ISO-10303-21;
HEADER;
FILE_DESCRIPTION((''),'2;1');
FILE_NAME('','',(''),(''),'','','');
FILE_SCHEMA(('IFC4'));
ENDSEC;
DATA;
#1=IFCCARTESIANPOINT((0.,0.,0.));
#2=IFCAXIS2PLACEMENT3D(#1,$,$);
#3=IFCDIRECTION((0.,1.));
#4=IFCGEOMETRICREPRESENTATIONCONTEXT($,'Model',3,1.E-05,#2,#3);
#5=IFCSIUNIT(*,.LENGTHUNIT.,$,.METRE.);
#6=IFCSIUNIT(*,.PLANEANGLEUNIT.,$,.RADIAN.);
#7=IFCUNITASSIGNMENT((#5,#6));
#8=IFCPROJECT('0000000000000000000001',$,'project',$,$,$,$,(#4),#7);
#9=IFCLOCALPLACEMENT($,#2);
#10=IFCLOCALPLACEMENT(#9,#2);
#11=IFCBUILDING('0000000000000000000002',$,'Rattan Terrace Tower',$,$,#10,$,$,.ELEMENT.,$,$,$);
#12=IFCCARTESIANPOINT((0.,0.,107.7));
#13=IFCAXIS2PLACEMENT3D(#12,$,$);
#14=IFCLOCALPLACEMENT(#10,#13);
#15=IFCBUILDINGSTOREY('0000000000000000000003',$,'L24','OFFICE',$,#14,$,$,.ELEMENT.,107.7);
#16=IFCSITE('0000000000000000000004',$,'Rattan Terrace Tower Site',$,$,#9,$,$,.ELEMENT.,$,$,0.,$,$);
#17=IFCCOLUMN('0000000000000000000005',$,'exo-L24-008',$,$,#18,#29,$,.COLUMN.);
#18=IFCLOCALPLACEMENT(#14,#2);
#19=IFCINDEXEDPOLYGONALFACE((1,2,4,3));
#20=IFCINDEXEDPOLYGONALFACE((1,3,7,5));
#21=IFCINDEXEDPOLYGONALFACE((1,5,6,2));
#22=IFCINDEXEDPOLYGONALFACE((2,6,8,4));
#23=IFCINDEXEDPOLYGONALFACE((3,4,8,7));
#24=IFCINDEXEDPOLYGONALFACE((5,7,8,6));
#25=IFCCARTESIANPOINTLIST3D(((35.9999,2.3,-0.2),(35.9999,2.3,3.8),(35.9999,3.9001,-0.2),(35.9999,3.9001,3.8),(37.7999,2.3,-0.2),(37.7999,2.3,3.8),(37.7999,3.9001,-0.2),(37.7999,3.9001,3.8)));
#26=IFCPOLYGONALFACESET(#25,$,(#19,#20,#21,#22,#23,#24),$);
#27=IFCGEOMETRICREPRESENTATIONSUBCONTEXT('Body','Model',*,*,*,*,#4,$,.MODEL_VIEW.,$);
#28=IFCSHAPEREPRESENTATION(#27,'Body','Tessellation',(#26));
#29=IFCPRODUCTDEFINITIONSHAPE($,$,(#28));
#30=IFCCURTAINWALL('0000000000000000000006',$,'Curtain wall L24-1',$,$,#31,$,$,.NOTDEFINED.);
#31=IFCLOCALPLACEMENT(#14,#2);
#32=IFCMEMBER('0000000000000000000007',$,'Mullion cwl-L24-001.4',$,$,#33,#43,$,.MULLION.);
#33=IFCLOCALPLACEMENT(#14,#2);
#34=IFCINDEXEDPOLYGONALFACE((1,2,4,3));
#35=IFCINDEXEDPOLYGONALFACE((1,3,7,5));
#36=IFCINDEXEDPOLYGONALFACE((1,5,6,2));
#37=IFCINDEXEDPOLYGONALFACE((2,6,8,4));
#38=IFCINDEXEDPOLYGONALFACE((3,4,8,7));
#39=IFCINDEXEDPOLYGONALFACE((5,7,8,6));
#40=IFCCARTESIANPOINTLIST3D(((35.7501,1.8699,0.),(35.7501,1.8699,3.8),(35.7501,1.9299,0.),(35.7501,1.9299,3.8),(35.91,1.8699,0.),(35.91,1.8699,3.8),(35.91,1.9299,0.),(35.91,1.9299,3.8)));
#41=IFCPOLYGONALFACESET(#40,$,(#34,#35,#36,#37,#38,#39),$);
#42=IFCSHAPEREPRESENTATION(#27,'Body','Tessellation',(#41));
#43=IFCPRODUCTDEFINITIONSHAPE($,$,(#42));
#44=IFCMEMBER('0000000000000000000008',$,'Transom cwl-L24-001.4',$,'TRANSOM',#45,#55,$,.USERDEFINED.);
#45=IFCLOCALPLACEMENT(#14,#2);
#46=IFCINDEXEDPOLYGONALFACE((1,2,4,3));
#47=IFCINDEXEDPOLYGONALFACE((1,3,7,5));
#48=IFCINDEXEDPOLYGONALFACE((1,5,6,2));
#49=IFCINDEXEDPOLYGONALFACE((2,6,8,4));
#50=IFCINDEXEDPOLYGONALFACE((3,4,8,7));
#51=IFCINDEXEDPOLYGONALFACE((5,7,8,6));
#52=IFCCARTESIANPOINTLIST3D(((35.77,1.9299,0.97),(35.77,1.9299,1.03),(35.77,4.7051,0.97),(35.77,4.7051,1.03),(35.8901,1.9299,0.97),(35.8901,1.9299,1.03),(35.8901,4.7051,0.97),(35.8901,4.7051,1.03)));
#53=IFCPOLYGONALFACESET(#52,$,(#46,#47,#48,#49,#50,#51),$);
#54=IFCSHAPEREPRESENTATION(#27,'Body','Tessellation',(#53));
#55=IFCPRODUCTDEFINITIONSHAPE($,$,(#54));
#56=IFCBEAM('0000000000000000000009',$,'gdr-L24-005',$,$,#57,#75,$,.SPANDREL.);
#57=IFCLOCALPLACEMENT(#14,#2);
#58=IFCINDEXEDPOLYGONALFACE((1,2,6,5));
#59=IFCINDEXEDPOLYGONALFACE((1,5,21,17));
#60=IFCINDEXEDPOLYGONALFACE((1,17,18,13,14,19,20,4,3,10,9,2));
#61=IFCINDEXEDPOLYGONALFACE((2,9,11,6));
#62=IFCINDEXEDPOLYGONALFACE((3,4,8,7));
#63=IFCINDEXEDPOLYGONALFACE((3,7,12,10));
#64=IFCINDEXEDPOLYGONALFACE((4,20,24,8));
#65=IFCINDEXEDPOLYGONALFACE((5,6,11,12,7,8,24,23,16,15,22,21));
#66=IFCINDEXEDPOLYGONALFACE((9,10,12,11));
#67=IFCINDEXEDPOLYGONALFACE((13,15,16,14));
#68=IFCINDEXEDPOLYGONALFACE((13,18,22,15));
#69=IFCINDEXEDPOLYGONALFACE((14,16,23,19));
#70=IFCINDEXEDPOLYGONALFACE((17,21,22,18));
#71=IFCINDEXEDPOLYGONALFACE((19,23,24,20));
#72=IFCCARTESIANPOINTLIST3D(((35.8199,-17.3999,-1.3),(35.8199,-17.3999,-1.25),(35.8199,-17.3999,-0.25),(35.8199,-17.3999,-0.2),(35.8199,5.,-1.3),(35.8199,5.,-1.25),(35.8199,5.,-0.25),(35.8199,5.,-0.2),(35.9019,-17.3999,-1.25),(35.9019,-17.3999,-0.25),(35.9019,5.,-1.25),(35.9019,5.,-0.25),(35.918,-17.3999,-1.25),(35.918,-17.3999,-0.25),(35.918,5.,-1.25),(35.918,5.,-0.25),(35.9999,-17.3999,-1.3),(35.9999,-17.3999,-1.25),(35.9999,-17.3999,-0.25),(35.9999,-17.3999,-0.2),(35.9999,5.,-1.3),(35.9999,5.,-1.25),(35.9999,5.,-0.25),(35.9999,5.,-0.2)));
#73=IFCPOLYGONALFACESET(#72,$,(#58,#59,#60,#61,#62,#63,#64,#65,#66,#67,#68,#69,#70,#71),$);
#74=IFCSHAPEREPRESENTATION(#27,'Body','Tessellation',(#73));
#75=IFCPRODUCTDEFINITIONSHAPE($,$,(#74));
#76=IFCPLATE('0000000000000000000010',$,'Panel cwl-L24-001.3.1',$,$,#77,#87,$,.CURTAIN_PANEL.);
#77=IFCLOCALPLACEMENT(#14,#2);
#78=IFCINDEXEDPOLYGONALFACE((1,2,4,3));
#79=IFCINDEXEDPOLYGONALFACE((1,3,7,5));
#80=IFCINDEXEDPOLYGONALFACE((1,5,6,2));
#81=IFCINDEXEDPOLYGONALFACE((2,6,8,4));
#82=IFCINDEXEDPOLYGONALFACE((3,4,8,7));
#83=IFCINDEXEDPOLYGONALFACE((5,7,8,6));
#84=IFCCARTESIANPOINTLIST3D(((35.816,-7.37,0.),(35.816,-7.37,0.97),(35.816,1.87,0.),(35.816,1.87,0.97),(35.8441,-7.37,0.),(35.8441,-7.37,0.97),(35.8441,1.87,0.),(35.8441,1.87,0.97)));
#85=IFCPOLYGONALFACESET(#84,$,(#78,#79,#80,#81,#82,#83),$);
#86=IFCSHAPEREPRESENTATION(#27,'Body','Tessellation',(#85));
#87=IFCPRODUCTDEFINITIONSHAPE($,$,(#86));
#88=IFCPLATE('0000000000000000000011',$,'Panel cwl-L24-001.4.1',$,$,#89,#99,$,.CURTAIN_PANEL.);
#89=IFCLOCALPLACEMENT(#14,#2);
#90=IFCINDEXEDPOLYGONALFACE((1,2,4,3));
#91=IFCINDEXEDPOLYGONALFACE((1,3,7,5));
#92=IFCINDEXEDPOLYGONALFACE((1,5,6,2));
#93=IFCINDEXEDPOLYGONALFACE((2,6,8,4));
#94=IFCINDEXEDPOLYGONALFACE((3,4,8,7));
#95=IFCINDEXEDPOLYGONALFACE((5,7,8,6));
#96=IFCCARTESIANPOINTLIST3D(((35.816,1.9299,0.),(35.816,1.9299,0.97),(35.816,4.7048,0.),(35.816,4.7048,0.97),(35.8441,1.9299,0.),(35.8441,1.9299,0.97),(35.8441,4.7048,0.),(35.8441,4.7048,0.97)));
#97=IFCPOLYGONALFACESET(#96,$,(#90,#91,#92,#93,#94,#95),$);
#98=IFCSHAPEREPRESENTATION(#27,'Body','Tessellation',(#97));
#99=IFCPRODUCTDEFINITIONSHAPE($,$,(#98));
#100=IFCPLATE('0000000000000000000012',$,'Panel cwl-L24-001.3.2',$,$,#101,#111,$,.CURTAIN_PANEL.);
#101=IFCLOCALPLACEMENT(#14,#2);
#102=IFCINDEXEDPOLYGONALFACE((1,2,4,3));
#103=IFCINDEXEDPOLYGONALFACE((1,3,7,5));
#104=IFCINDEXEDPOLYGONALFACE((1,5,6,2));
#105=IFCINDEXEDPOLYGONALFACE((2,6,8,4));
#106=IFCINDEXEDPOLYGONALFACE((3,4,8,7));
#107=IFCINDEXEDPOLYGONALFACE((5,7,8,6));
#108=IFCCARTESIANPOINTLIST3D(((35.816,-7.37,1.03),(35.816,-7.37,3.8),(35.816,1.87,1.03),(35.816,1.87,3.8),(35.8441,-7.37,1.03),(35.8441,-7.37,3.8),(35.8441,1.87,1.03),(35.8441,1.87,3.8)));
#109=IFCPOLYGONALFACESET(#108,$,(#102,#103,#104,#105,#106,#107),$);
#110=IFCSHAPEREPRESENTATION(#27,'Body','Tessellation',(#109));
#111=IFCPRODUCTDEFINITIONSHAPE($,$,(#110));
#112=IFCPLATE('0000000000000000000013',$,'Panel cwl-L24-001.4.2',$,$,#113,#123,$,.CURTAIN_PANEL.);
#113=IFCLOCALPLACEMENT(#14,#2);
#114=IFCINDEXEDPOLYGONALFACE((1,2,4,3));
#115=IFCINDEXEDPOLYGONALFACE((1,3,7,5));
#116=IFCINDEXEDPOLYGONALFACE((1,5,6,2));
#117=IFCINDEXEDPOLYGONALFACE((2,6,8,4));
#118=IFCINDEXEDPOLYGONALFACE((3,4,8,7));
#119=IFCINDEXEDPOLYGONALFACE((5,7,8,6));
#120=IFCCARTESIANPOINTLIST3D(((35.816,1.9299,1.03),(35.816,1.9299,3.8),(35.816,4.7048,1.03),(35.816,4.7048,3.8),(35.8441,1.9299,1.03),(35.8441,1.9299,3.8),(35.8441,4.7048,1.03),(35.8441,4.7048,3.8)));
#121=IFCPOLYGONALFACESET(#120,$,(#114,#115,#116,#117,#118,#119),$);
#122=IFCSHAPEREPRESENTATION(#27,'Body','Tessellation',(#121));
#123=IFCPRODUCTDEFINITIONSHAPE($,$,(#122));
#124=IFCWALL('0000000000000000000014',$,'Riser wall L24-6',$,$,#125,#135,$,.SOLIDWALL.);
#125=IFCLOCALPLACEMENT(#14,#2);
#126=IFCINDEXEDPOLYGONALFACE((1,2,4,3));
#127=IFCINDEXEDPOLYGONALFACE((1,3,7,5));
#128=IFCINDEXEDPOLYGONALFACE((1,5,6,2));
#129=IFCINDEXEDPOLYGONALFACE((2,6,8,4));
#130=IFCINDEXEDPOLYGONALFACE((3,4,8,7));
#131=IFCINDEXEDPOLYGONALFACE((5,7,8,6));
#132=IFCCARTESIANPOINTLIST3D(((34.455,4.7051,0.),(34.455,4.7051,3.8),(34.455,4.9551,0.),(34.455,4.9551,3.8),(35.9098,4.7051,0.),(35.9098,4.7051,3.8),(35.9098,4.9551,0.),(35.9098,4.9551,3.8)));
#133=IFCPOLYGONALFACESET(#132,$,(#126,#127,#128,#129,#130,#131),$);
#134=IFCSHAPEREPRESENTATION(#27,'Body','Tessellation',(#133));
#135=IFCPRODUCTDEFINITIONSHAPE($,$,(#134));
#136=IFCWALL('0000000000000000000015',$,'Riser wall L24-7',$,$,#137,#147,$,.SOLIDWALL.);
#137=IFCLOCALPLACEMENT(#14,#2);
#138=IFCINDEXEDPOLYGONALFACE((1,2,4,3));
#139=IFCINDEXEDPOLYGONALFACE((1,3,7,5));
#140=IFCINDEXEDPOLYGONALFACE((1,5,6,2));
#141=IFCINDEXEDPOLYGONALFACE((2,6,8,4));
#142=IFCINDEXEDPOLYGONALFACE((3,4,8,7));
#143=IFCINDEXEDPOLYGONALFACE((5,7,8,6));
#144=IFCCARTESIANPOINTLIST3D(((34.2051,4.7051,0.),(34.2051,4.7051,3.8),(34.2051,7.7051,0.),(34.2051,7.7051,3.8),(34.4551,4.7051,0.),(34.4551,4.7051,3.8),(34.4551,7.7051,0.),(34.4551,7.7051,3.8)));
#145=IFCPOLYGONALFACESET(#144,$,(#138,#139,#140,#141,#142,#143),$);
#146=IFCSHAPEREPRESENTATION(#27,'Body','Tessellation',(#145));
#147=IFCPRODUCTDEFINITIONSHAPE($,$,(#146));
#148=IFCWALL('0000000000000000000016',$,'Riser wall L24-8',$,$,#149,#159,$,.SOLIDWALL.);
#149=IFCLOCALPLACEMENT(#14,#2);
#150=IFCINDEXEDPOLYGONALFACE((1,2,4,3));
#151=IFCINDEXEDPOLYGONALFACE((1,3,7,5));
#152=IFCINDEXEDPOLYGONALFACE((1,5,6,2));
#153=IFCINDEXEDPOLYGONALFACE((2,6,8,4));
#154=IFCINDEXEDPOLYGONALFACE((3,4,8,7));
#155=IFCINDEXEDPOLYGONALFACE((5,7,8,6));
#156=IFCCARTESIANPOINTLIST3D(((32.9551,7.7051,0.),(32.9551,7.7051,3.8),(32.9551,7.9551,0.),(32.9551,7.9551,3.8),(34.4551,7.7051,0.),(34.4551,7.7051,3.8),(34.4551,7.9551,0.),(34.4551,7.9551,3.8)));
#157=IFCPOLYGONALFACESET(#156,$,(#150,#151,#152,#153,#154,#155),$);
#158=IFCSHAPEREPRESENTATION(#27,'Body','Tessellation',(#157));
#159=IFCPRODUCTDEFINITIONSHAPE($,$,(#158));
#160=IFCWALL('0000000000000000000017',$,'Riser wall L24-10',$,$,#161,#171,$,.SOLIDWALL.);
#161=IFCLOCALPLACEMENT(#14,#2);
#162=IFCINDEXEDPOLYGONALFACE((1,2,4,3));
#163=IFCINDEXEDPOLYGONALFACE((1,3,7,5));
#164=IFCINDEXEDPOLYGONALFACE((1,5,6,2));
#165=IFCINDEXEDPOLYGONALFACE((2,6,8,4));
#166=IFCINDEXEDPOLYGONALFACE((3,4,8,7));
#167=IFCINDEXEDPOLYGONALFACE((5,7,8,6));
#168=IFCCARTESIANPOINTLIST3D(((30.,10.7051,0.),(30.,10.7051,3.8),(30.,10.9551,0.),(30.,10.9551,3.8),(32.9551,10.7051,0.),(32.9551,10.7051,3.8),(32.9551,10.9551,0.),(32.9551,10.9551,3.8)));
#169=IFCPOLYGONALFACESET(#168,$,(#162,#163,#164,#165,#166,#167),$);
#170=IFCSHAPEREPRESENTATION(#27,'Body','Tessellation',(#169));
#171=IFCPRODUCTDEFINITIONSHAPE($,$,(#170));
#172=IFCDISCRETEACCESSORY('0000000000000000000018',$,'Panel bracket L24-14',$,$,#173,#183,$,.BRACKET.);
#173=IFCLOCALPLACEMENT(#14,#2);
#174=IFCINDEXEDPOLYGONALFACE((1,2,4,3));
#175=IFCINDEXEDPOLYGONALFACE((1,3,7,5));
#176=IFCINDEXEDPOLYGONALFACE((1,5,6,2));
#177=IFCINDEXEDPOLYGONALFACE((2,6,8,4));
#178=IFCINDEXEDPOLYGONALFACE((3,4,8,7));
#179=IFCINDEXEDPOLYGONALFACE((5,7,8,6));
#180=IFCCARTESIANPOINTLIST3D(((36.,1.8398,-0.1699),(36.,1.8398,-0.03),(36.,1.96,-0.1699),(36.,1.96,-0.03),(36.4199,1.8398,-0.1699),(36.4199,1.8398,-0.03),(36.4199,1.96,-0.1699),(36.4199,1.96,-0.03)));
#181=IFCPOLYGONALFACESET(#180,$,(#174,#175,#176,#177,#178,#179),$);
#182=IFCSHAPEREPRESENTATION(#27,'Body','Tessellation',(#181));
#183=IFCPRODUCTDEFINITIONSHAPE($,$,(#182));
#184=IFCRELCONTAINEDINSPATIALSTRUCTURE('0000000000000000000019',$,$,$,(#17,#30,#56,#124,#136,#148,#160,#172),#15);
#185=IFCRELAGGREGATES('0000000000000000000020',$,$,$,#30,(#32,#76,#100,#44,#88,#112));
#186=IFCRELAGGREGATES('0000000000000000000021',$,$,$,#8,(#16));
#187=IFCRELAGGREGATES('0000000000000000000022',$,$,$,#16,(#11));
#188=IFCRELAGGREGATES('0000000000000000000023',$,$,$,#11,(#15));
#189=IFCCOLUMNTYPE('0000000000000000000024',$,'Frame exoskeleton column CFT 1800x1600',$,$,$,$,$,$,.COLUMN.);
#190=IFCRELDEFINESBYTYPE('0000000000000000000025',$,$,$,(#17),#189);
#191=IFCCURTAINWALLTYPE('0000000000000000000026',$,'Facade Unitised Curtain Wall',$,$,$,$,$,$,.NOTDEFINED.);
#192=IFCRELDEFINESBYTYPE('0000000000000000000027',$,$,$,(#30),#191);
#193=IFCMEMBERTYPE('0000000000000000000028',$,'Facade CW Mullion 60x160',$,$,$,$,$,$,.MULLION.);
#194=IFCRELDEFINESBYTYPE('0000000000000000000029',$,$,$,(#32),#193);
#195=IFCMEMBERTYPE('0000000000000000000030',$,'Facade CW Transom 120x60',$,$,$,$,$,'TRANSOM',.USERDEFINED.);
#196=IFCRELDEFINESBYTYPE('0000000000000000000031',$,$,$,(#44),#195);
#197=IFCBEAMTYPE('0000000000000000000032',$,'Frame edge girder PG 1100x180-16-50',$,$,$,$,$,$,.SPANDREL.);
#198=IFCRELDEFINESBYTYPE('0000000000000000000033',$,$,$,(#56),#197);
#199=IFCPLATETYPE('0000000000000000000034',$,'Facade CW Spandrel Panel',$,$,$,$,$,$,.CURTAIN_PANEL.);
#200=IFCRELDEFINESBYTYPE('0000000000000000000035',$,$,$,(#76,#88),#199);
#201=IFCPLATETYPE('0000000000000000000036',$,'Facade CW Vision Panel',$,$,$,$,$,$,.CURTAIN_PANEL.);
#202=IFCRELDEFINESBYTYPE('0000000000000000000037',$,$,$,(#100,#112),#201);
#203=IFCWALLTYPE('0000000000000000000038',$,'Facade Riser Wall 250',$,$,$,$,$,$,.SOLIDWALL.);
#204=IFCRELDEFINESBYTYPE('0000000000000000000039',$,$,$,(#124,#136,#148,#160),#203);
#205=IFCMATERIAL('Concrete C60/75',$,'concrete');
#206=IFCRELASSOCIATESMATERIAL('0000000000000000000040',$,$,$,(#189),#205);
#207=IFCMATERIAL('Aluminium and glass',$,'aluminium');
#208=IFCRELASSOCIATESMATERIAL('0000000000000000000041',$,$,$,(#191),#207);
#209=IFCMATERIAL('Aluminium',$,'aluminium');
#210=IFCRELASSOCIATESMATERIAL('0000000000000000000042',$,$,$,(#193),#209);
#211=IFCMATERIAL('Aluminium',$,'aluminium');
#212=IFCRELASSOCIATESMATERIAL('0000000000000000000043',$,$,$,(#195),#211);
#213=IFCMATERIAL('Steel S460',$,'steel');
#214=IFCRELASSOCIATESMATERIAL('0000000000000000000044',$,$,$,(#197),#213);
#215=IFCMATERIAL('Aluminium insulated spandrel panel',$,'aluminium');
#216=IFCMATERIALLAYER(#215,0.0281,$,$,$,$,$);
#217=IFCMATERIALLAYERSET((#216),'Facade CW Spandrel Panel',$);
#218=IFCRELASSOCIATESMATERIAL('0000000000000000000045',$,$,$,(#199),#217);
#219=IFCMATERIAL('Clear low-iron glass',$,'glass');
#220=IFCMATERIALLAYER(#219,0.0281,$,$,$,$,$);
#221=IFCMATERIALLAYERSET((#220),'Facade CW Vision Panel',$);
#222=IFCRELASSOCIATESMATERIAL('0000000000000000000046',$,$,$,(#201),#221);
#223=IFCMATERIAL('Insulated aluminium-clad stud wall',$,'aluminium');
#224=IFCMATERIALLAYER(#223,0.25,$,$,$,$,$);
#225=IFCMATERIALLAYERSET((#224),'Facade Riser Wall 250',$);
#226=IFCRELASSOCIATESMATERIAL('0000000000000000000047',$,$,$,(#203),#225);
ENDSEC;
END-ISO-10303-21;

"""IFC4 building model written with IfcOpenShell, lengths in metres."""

from ifc_helpers import new_model, si_unit, direction, frame, frame_2d, origin, origin_2d, place, context, subcontext, project, spatial, rectangle, i_section, extrude, material, layer, layer_set, material_profile, profile_set, type_object, element, aggregate, save


model = new_model("IFC4")

# Units and contexts
model_context = context("Model", 3, precision=1e-05, world=origin(), true_north=direction((0.0, 1.0)))
body_context = subcontext(model_context, "Body", "Model", "MODEL_VIEW")
ifc_project = project(units=[si_unit("LENGTHUNIT", "METRE"), si_unit("PLANEANGLEUNIT", "RADIAN")], contexts=[model_context])

# Site, building, storey
site_placement = place(None, origin())
site = spatial("IfcSite", under=ifc_project, at=site_placement, Name="Rattan Terrace Tower Site", CompositionType="ELEMENT", RefElevation=0.0)
building_placement = place(site_placement, origin())
building = spatial("IfcBuilding", under=site, at=building_placement, Name="Rattan Terrace Tower", CompositionType="ELEMENT")
storey_placement = place(building_placement, frame((0.0, 0.0, 107.7)))
storey = spatial("IfcBuildingStorey", under=building, at=storey_placement, Name="L24", Description="OFFICE", CompositionType="ELEMENT", Elevation=107.7)

# Column
ifc_material_1 = material(Name="Concrete C60/75", Category="concrete")
ifc_material_profile_1 = material_profile(ifc_material_1, rectangle(XDim=1.6001, YDim=1.8, at=origin_2d()), Name="CFT 1800x1600")
ifc_profile_set_1 = profile_set([ifc_material_profile_1], Name="Concrete C60/75")
column_type = type_object("IfcColumnType", Name="Frame exoskeleton column CFT 1800x1600", PredefinedType="COLUMN", material=ifc_profile_set_1)
column_placement = place(storey_placement, frame((36.8999, 3.1001, -0.2), z_axis=(0.0, 0.0, 1.0), x_axis=(0.0, 1.0, 0.0)))
element("IfcColumn", 1, at=column_placement, inside=storey, type_object=column_type, Name="exo-L24-008", PredefinedType="COLUMN", context=body_context, shape_type="SweptSolid", body=[
    extrude(rectangle(XDim=1.6001, YDim=1.8, at=origin_2d()), origin(), (0.0, 0.0, 1.0), 4.0),
])

# Curtain wall, members
ifc_material_2 = material(Name="Aluminium and glass", Category="aluminium")
curtain_wall_type = type_object("IfcCurtainWallType", Name="Facade Unitised Curtain Wall", PredefinedType="NOTDEFINED", material=ifc_material_2)
curtain_wall_placement = place(storey_placement, origin())
curtain_wall = element("IfcCurtainWall", 2, at=curtain_wall_placement, inside=storey, type_object=curtain_wall_type, Name="Curtain wall L24-1", PredefinedType="NOTDEFINED")
ifc_material_3 = material(Name="Aluminium", Category="aluminium")
ifc_material_profile_2 = material_profile(ifc_material_3, rectangle(XDim=0.0601, YDim=0.1599, at=origin_2d()), Name="Aluminium 60x160")
ifc_profile_set_2 = profile_set([ifc_material_profile_2], Name="Aluminium")
member_type_1 = type_object("IfcMemberType", Name="Facade CW Mullion 60x160", PredefinedType="MULLION", material=ifc_profile_set_2)
member_1_placement = place(storey_placement, frame((35.8301, 1.8999, 0.0), z_axis=(0.0, 0.0, 1.0), x_axis=(0.0, 1.0, 0.0)))
member_1 = element("IfcMember", 3, at=member_1_placement, type_object=member_type_1, Name="Mullion cwl-L24-001.4", PredefinedType="MULLION", context=body_context, shape_type="SweptSolid", body=[
    extrude(rectangle(XDim=0.0601, YDim=0.1599, at=origin_2d()), origin(), (0.0, 0.0, 1.0), 3.8),
])
ifc_material_4 = material(Name="Aluminium", Category="aluminium")
ifc_material_profile_3 = material_profile(ifc_material_4, rectangle(XDim=0.1201, YDim=0.0601, at=origin_2d()), Name="Aluminium 120x60")
ifc_profile_set_3 = profile_set([ifc_material_profile_3], Name="Aluminium")
member_type_2 = type_object("IfcMemberType", Name="Facade CW Transom 120x60", ElementType="TRANSOM", PredefinedType="USERDEFINED", material=ifc_profile_set_3)
member_2_placement = place(storey_placement, frame((35.8301, 1.9299, 1.0), z_axis=(0.0, 1.0, 0.0), x_axis=(-1.0, 0.0, 0.0)))
member_2 = element("IfcMember", 4, at=member_2_placement, type_object=member_type_2, Name="Transom cwl-L24-001.4", ObjectType="TRANSOM", PredefinedType="USERDEFINED", context=body_context, shape_type="SweptSolid", body=[
    extrude(rectangle(XDim=0.1201, YDim=0.0601, at=origin_2d()), origin(), (0.0, 0.0, 1.0), 2.7751),
])

# Beam
ifc_material_5 = material(Name="Steel S460", Category="steel")
ifc_material_profile_4 = material_profile(ifc_material_5, i_section(OverallWidth=0.1799, OverallDepth=1.1001, WebThickness=0.0161, FlangeThickness=0.05, at=origin_2d()), Name="PG 1100x180-16-50")
ifc_profile_set_4 = profile_set([ifc_material_profile_4], Name="Steel S460")
beam_type = type_object("IfcBeamType", Name="Frame edge girder PG 1100x180-16-50", PredefinedType="SPANDREL", material=ifc_profile_set_4)
beam_placement = place(storey_placement, frame((35.9099, 5.0, -0.75), z_axis=(0.0, -1.0, 0.0), x_axis=(1.0, 0.0, 0.0)))
element("IfcBeam", 5, at=beam_placement, inside=storey, type_object=beam_type, Name="gdr-L24-005", PredefinedType="SPANDREL", context=body_context, shape_type="SweptSolid", body=[
    extrude(i_section(OverallWidth=0.1799, OverallDepth=1.1001, WebThickness=0.0161, FlangeThickness=0.05, at=origin_2d()), origin(), (0.0, 0.0, 1.0), 22.3999),
])

# Plates
ifc_material_6 = material(Name="Aluminium insulated spandrel panel", Category="aluminium")
ifc_layer_1 = layer(ifc_material_6, 0.0281)
ifc_layer_set_1 = layer_set([ifc_layer_1], Name="Facade CW Spandrel Panel")
plate_type_1 = type_object("IfcPlateType", Name="Facade CW Spandrel Panel", PredefinedType="CURTAIN_PANEL", material=ifc_layer_set_1)
plate_1_placement = place(storey_placement, frame((35.8301, -2.75, 0.0), z_axis=(0.0, 0.0, 1.0), x_axis=(0.0, 1.0, 0.0)))
plate_1 = element("IfcPlate", 6, at=plate_1_placement, type_object=plate_type_1, Name="Panel cwl-L24-001.3.1", PredefinedType="CURTAIN_PANEL", context=body_context, shape_type="SweptSolid", body=[
    extrude(rectangle(XDim=9.24, YDim=0.0281, at=origin_2d()), origin(), (0.0, 0.0, 1.0), 0.97),
])
plate_2_placement = place(storey_placement, frame((35.8301, 3.3174, 0.0), z_axis=(0.0, 0.0, 1.0), x_axis=(0.0, 1.0, 0.0)))
plate_2 = element("IfcPlate", 7, at=plate_2_placement, type_object=plate_type_1, Name="Panel cwl-L24-001.4.1", PredefinedType="CURTAIN_PANEL", context=body_context, shape_type="SweptSolid", body=[
    extrude(rectangle(XDim=2.7749, YDim=0.0281, at=origin_2d()), origin(), (0.0, 0.0, 1.0), 0.97),
])
ifc_material_7 = material(Name="Clear low-iron glass", Category="glass")
ifc_layer_2 = layer(ifc_material_7, 0.0281)
ifc_layer_set_2 = layer_set([ifc_layer_2], Name="Facade CW Vision Panel")
plate_type_2 = type_object("IfcPlateType", Name="Facade CW Vision Panel", PredefinedType="CURTAIN_PANEL", material=ifc_layer_set_2)
plate_3_placement = place(storey_placement, frame((35.8301, -2.75, 1.03), z_axis=(0.0, 0.0, 1.0), x_axis=(0.0, 1.0, 0.0)))
plate_3 = element("IfcPlate", 8, at=plate_3_placement, type_object=plate_type_2, Name="Panel cwl-L24-001.3.2", PredefinedType="CURTAIN_PANEL", context=body_context, shape_type="SweptSolid", body=[
    extrude(rectangle(XDim=9.24, YDim=0.0281, at=origin_2d()), origin(), (0.0, 0.0, 1.0), 2.77),
])
plate_4_placement = place(storey_placement, frame((35.8301, 3.3174, 1.03), z_axis=(0.0, 0.0, 1.0), x_axis=(0.0, 1.0, 0.0)))
plate_4 = element("IfcPlate", 9, at=plate_4_placement, type_object=plate_type_2, Name="Panel cwl-L24-001.4.2", PredefinedType="CURTAIN_PANEL", context=body_context, shape_type="SweptSolid", body=[
    extrude(rectangle(XDim=2.7749, YDim=0.0281, at=origin_2d()), origin(), (0.0, 0.0, 1.0), 2.77),
])
aggregate(curtain_wall, [member_1, plate_1, plate_3, member_2, plate_2, plate_4])

# Walls
ifc_material_8 = material(Name="Insulated aluminium-clad stud wall", Category="aluminium")
ifc_layer_3 = layer(ifc_material_8, 0.25)
ifc_layer_set_3 = layer_set([ifc_layer_3], Name="Facade Riser Wall 250")
wall_type = type_object("IfcWallType", Name="Facade Riser Wall 250", PredefinedType="SOLIDWALL", material=ifc_layer_set_3)
wall_1_placement = place(storey_placement, frame((35.9099, 4.8301, 0.0), z_axis=(0.0, 0.0, 1.0), x_axis=(-1.0, 0.0, 0.0)))
element("IfcWall", 10, at=wall_1_placement, inside=storey, type_object=wall_type, Name="Riser wall L24-6", PredefinedType="SOLIDWALL", context=body_context, shape_type="SweptSolid", body=[
    extrude(rectangle(XDim=1.4548, YDim=0.25, at=frame_2d((0.7275, 0.0))), origin(), (0.0, 0.0, 1.0), 3.8),
])
wall_2_placement = place(storey_placement, frame((34.3301, 4.7051, 0.0), z_axis=(0.0, 0.0, 1.0), x_axis=(0.0, 1.0, 0.0)))
element("IfcWall", 11, at=wall_2_placement, inside=storey, type_object=wall_type, Name="Riser wall L24-7", PredefinedType="SOLIDWALL", context=body_context, shape_type="SweptSolid", body=[
    extrude(rectangle(XDim=3.0, YDim=0.25, at=frame_2d((1.5, 0.0))), origin(), (0.0, 0.0, 1.0), 3.8),
])
wall_3_placement = place(storey_placement, frame((34.4551, 7.8301, 0.0), z_axis=(0.0, 0.0, 1.0), x_axis=(-1.0, 0.0, 0.0)))
element("IfcWall", 12, at=wall_3_placement, inside=storey, type_object=wall_type, Name="Riser wall L24-8", PredefinedType="SOLIDWALL", context=body_context, shape_type="SweptSolid", body=[
    extrude(rectangle(XDim=1.5, YDim=0.25, at=frame_2d((0.75, 0.0))), origin(), (0.0, 0.0, 1.0), 3.8),
])
wall_4_placement = place(storey_placement, frame((32.9551, 10.8301, 0.0), z_axis=(0.0, 0.0, 1.0), x_axis=(-1.0, 0.0, 0.0)))
element("IfcWall", 13, at=wall_4_placement, inside=storey, type_object=wall_type, Name="Riser wall L24-10", PredefinedType="SOLIDWALL", context=body_context, shape_type="SweptSolid", body=[
    extrude(rectangle(XDim=2.9551, YDim=0.25, at=frame_2d((1.4775, 0.0))), origin(), (0.0, 0.0, 1.0), 3.8),
])

# Discrete accessory
for number, where, z_axis, x_axis, name in (
    (14, (36.21, 1.8999, -0.1699), (0.0, 0.0, 1.0), (0.0, 1.0, 0.0), "Panel bracket L24-14"),
):
    element("IfcDiscreteAccessory", number, at=place(storey_placement, frame(where, z_axis=z_axis, x_axis=x_axis)), inside=storey, Name=name, PredefinedType="BRACKET", context=body_context, shape_type="SweptSolid", body=[
        extrude(rectangle(XDim=0.1201, YDim=0.4199, at=origin_2d()), origin(), (0.0, 0.0, 1.0), 0.1399),
    ])

save(model, "model.ifc")
